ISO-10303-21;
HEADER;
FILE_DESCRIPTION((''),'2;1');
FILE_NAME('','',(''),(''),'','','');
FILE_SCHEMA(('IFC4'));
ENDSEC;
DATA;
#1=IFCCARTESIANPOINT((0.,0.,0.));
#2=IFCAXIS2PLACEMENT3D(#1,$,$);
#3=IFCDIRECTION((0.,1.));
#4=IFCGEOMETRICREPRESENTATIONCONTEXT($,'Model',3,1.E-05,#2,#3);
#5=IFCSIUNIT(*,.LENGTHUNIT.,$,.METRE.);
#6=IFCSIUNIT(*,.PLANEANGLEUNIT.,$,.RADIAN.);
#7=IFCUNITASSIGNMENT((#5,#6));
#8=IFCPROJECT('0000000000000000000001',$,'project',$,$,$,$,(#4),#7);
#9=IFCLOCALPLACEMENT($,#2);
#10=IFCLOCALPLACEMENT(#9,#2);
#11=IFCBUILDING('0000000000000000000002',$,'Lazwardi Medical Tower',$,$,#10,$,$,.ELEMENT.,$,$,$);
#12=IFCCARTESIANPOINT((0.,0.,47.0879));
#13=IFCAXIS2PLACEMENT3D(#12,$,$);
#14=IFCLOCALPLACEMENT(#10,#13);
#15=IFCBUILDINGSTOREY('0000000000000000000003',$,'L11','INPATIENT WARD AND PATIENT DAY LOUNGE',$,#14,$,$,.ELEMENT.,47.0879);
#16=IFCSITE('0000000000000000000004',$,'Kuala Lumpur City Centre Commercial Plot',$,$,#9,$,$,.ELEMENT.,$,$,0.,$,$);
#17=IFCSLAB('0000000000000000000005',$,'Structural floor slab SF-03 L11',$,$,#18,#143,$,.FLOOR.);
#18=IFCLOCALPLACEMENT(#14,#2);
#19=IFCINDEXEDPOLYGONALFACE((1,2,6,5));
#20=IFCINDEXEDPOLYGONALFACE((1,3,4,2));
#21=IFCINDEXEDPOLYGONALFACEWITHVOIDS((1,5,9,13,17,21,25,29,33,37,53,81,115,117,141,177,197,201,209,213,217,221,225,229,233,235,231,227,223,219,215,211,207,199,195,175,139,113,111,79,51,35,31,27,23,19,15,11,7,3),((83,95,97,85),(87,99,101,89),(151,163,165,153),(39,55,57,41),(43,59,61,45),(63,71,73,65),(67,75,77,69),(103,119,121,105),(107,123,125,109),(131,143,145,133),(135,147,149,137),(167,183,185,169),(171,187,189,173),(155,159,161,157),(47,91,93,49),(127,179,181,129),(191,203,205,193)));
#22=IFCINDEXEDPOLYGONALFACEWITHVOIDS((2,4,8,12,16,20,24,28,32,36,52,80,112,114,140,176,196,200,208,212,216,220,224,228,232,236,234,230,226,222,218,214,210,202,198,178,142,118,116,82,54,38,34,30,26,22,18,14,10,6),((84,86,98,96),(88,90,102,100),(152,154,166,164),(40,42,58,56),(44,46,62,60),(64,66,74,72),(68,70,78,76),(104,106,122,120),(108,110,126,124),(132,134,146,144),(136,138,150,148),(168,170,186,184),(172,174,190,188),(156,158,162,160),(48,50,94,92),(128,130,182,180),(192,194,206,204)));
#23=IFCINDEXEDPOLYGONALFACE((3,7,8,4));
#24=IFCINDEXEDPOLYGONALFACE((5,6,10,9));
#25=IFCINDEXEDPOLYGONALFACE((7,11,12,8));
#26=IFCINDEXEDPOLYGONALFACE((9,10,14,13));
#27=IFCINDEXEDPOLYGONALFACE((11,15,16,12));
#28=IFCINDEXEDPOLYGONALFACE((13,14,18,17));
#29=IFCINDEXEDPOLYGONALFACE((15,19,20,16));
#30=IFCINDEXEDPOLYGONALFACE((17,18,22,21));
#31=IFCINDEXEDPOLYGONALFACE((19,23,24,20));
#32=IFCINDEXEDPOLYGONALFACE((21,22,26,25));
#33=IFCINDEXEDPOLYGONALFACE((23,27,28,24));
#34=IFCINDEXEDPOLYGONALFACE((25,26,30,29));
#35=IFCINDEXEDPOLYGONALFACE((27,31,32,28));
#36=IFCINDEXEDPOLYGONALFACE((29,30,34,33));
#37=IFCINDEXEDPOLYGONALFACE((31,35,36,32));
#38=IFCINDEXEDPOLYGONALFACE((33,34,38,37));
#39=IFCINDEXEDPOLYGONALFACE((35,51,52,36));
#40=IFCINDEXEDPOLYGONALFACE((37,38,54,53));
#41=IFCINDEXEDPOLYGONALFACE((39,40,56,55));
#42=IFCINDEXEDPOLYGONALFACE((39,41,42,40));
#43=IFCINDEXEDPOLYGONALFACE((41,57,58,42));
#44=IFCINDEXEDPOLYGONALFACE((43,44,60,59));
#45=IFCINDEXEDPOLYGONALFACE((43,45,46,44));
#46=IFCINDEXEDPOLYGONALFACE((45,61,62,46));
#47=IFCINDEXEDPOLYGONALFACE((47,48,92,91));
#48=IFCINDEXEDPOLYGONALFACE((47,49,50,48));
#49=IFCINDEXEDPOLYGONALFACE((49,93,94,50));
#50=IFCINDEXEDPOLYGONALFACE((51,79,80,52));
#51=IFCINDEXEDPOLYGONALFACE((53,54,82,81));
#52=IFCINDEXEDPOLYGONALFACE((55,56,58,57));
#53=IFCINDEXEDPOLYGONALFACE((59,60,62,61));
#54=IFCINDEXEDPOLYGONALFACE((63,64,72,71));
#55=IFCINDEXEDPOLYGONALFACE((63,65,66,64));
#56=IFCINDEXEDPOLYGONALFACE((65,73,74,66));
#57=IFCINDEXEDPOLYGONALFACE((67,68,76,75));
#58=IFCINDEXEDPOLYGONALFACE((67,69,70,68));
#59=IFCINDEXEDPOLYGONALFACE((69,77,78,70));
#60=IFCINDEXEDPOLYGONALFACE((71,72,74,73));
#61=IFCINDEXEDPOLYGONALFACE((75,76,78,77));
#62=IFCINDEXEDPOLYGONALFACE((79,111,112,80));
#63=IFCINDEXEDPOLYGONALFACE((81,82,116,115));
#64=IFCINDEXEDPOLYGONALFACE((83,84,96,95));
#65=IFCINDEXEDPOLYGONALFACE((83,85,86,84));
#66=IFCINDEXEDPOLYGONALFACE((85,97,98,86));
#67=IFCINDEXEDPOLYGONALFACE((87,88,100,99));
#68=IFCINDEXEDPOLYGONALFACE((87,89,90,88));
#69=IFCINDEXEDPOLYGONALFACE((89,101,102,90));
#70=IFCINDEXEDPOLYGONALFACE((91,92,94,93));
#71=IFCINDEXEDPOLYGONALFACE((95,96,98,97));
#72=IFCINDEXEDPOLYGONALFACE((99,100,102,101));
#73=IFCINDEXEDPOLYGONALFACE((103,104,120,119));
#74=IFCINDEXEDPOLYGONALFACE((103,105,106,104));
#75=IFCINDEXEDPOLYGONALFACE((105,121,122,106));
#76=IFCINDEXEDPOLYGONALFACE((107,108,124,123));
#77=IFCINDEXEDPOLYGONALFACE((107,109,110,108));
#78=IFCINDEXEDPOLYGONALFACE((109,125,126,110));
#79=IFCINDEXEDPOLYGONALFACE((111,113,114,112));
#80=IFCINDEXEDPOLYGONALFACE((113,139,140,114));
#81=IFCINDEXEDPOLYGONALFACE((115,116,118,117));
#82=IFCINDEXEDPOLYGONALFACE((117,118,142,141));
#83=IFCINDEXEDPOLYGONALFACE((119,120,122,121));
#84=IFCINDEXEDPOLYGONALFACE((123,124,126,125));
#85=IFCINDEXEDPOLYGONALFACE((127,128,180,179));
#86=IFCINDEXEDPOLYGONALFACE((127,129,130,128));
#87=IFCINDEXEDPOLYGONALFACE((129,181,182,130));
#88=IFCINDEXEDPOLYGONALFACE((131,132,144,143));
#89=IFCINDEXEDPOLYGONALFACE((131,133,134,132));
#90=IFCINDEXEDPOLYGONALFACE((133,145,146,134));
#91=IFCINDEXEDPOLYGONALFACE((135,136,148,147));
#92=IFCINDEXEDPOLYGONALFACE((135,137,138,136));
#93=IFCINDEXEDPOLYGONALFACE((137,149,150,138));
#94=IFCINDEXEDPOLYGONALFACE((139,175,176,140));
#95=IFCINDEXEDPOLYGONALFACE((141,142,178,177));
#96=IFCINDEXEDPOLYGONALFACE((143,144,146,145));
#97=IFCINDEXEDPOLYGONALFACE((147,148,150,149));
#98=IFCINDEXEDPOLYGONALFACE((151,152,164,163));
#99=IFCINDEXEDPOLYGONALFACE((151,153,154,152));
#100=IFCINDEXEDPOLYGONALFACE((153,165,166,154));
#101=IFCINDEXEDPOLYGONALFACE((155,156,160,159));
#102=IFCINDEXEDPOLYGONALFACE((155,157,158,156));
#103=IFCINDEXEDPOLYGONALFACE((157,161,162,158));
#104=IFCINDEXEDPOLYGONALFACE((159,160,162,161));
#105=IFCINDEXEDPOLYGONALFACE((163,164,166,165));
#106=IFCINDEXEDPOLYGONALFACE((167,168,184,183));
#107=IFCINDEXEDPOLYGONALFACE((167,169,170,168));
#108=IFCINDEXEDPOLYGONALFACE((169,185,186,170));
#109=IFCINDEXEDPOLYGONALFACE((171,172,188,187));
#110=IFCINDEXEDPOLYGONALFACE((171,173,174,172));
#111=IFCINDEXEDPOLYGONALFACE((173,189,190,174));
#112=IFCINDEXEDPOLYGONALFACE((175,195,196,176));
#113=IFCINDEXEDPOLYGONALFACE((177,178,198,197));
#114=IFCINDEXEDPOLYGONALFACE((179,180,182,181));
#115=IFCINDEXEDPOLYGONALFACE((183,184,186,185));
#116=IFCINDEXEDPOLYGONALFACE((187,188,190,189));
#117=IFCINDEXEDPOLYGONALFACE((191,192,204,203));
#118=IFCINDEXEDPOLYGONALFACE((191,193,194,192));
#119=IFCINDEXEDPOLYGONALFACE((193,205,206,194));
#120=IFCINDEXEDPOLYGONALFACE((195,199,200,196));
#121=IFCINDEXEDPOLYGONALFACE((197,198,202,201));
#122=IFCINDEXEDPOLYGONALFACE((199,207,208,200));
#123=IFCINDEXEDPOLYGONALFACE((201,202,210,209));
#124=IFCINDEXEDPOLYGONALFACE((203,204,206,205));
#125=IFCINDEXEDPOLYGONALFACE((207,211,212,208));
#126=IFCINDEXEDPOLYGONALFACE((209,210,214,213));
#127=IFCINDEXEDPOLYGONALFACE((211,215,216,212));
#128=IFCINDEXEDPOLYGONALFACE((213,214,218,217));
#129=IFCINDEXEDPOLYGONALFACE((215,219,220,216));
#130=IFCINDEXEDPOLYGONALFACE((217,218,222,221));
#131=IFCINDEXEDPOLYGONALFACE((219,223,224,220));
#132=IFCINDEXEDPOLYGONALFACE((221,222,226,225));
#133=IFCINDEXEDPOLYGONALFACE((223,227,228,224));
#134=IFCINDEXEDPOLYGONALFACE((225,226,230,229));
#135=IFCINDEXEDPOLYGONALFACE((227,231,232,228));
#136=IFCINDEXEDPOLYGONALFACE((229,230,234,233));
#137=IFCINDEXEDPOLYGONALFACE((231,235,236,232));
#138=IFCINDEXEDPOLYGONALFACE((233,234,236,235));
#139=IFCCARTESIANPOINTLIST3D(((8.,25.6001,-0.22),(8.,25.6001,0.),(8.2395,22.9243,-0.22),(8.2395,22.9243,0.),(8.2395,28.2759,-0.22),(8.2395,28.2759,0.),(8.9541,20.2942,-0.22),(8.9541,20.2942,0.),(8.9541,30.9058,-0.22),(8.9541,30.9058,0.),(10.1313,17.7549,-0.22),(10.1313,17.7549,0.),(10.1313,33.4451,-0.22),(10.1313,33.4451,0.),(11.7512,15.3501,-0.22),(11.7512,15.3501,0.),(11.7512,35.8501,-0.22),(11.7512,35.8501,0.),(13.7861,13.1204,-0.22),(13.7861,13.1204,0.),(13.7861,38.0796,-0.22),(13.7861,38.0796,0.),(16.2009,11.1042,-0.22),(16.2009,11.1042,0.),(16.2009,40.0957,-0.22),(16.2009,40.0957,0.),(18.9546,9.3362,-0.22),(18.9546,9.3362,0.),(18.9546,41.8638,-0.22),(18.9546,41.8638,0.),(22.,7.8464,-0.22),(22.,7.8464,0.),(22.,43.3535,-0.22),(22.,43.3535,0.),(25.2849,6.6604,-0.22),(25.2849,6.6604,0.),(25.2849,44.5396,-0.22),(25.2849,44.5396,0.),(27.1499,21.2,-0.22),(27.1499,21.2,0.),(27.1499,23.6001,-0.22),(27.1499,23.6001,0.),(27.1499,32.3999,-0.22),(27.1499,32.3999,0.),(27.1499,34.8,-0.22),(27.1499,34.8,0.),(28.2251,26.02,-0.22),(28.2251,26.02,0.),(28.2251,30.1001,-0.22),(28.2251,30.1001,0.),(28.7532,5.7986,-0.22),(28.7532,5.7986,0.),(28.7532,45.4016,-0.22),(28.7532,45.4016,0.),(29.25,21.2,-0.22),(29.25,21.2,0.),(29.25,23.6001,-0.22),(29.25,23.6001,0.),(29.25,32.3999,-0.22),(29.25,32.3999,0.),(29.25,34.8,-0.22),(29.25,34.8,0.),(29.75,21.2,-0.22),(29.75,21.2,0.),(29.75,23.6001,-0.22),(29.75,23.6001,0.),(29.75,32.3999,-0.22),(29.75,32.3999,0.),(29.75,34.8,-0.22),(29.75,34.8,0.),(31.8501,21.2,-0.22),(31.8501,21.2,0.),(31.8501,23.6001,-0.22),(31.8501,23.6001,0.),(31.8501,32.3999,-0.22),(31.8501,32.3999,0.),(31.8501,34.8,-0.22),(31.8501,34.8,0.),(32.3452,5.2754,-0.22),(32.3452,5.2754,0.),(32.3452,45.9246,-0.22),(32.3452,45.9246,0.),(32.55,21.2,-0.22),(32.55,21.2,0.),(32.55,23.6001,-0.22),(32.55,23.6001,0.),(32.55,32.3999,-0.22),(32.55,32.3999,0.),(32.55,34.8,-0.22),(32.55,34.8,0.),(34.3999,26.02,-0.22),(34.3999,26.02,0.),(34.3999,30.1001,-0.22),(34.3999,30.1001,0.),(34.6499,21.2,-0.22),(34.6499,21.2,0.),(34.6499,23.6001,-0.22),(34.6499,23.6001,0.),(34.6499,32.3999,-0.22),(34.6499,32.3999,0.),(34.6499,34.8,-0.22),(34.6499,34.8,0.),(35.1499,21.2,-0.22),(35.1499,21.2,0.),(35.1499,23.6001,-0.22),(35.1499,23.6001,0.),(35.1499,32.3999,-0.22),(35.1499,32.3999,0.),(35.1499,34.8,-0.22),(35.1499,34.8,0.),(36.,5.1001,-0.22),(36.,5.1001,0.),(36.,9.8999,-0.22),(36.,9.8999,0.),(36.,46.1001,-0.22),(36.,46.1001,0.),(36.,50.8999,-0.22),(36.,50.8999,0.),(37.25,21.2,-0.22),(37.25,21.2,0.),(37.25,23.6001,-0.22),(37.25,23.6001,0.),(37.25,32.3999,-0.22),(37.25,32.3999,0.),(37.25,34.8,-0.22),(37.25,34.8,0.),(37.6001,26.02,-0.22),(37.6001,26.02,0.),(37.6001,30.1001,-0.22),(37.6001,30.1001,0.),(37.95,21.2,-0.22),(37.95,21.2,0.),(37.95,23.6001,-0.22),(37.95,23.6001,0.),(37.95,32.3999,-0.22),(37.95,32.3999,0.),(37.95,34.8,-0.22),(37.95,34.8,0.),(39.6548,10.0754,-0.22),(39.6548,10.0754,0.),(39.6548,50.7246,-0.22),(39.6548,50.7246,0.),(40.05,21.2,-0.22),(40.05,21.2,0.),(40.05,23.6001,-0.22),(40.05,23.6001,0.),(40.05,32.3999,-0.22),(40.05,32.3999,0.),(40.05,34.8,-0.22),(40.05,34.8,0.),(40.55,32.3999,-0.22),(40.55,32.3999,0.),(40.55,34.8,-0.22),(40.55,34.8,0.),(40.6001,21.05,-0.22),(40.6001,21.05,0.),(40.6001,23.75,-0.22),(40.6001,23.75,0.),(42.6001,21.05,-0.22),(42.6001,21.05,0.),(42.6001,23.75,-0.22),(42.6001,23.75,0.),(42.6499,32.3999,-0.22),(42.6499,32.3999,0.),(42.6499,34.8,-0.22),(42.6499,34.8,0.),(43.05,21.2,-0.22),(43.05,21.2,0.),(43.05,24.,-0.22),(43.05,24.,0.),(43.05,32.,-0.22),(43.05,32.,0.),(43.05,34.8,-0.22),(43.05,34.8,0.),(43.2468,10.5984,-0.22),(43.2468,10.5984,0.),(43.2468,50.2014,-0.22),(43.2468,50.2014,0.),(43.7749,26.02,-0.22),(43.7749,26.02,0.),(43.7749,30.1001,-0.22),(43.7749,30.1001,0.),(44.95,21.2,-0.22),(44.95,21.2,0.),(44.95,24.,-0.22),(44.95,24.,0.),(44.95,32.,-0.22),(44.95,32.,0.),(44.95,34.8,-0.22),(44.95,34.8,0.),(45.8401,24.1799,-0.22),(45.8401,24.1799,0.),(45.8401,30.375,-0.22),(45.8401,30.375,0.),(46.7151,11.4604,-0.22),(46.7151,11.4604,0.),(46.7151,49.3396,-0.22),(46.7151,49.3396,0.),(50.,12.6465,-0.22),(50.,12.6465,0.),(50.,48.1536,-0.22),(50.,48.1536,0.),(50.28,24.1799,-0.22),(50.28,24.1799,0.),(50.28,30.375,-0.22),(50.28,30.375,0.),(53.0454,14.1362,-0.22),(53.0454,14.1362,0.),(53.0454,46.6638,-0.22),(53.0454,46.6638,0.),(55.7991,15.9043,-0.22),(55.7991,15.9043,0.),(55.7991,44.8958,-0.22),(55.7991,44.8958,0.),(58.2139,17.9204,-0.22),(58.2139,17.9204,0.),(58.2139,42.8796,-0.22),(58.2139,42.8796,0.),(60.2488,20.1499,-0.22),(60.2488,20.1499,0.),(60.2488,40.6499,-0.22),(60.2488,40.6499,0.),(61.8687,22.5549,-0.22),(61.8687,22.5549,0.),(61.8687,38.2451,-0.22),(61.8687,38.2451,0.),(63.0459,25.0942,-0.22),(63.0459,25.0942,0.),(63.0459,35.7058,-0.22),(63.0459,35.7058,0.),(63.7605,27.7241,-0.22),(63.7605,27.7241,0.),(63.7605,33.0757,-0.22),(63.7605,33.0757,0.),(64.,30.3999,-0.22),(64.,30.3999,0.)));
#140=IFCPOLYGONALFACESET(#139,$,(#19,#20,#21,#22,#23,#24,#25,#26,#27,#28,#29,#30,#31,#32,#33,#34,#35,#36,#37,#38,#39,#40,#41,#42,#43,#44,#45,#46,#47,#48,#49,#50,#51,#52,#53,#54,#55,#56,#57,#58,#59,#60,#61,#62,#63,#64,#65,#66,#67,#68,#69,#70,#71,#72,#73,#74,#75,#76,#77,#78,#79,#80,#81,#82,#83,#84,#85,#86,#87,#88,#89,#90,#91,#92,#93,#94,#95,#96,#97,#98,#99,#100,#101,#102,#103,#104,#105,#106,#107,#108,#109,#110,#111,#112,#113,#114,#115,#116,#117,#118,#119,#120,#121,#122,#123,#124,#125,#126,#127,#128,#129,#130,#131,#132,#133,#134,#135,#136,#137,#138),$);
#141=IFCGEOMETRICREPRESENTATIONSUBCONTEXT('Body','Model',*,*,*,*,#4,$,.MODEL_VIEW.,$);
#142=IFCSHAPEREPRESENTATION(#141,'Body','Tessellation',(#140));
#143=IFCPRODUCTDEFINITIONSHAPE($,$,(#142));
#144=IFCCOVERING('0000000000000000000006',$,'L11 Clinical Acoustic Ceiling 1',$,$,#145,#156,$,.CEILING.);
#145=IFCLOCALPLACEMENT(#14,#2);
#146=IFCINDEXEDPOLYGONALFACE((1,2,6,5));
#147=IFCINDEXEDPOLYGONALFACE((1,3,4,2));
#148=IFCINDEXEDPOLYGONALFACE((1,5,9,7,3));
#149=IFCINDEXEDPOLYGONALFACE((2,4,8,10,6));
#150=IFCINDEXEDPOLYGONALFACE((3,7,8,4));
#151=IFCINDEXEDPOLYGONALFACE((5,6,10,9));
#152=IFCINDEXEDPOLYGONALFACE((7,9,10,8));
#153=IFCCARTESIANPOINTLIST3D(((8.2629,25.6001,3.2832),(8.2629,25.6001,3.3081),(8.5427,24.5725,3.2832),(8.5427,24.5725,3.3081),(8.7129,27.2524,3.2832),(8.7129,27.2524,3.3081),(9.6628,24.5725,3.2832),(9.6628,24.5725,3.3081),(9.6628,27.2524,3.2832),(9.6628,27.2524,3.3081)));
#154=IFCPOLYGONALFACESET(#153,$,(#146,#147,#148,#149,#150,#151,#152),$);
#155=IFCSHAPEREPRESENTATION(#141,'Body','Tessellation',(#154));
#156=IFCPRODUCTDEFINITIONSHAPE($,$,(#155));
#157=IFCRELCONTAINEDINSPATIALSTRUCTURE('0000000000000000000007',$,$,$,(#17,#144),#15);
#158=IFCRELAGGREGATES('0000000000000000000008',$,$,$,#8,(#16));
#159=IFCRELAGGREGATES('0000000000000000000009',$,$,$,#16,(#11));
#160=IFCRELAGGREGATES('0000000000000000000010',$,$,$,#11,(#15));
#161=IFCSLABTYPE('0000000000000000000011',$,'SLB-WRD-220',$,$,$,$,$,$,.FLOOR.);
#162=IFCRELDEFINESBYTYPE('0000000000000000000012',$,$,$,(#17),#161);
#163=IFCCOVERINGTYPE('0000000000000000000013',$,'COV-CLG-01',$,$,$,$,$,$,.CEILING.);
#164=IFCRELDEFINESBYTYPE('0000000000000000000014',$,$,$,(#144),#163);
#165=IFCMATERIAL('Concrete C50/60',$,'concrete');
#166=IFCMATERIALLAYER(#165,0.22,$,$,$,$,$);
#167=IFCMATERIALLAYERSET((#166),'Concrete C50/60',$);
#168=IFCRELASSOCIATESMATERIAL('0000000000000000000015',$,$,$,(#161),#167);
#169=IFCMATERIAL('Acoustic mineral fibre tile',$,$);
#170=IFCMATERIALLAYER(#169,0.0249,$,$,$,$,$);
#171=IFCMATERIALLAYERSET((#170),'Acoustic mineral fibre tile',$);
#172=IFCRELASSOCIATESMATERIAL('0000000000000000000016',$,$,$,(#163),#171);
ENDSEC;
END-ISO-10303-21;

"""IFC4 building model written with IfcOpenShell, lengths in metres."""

from ifc_helpers import new_model, si_unit, direction, frame, origin, place, context, subcontext, project, spatial, polyline, outline, extrude, material, layer, layer_set, type_object, element, save


model = new_model("IFC4")

# Units and contexts
model_context = context("Model", 3, precision=1e-05, world=origin(), true_north=direction((0.0, 1.0)))
body_context = subcontext(model_context, "Body", "Model", "MODEL_VIEW")
ifc_project = project(units=[si_unit("LENGTHUNIT", "METRE"), si_unit("PLANEANGLEUNIT", "RADIAN")], contexts=[model_context])

# Site, building, storey
site_placement = place(None, origin())
site = spatial("IfcSite", under=ifc_project, at=site_placement, Name="Kuala Lumpur City Centre Commercial Plot", CompositionType="ELEMENT", RefElevation=0.0)
building_placement = place(site_placement, origin())
building = spatial("IfcBuilding", under=site, at=building_placement, Name="Lazwardi Medical Tower", CompositionType="ELEMENT")
storey_placement = place(building_placement, frame((0.0, 0.0, 47.0879)))
storey = spatial("IfcBuildingStorey", under=building, at=storey_placement, Name="L11", Description="INPATIENT WARD AND PATIENT DAY LOUNGE", CompositionType="ELEMENT", Elevation=47.0879)

# Slab
ifc_material_1 = material(Name="Concrete C50/60", Category="concrete")
ifc_layer_1 = layer(ifc_material_1, 0.22)
ifc_layer_set_1 = layer_set([ifc_layer_1], Name="Concrete C50/60")
slab_type_1 = type_object("IfcSlabType", Name="SLB-WRD-220", PredefinedType="FLOOR", material=ifc_layer_set_1)
slab_1_placement = place(storey_placement, frame((0.0, 0.0, -0.22)))
element("IfcSlab", 1, at=slab_1_placement, inside=storey, type_object=slab_type_1, Name="Structural floor slab SF-03 L11", PredefinedType="FLOOR", context=body_context, shape_type="SweptSolid", body=[
    extrude(outline(polyline([(10.1313, 33.4451), (8.9541, 30.9058), (8.2395, 28.2759), (8.0, 25.6001), (8.2395, 22.9243), (8.9541, 20.2942), (10.1313, 17.7549), (11.7512, 15.3501), (13.7861, 13.1204), (16.2009, 11.1042), (18.9546, 9.3362), (22.0, 7.8464), (25.2849, 6.6604), (28.7532, 5.7986), (32.3452, 5.2754), (36.0, 5.1001), (36.0, 9.8999), (39.6548, 10.0754), (43.2468, 10.5984), (46.7151, 11.4604), (50.0, 12.6465), (53.0454, 14.1362), (55.7991, 15.9043), (58.2139, 17.9204), (60.2488, 20.1499), (61.8687, 22.5549), (63.0459, 25.0942), (63.7605, 27.7241), (64.0, 30.3999), (63.7605, 33.0757), (63.0459, 35.7058), (61.8687, 38.2451), (60.2488, 40.6499), (58.2139, 42.8796), (55.7991, 44.8958), (53.0454, 46.6638), (50.0, 48.1536), (46.7151, 49.3396), (43.2468, 50.2014), (39.6548, 50.7246), (36.0, 50.8999), (36.0, 46.1001), (32.3452, 45.9246), (28.7532, 45.4016), (25.2849, 44.5396), (22.0, 43.3535), (18.9546, 41.8638), (16.2009, 40.0957), (13.7861, 38.0796), (11.7512, 35.8501), (10.1313, 33.4451)]), holes=[polyline([(28.2251, 26.02), (28.2251, 30.1001), (34.3999, 30.1001), (34.3999, 26.02), (28.2251, 26.02)]), polyline([(37.6001, 30.1001), (43.7749, 30.1001), (43.7749, 26.02), (37.6001, 26.02), (37.6001, 30.1001)]), polyline([(50.28, 30.375), (50.28, 24.1799), (45.8401, 24.1799), (45.8401, 30.375), (50.28, 30.375)]), polyline([(29.25, 32.3999), (27.1499, 32.3999), (27.1499, 34.8), (29.25, 34.8), (29.25, 32.3999)]), polyline([(29.75, 32.3999), (29.75, 34.8), (31.8501, 34.8), (31.8501, 32.3999), (29.75, 32.3999)]), polyline([(27.1499, 23.6001), (29.25, 23.6001), (29.25, 21.2), (27.1499, 21.2), (27.1499, 23.6001)]), polyline([(31.8501, 23.6001), (31.8501, 21.2), (29.75, 21.2), (29.75, 23.6001), (31.8501, 23.6001)]), polyline([(34.6499, 32.3999), (32.55, 32.3999), (32.55, 34.8), (34.6499, 34.8), (34.6499, 32.3999)]), polyline([(35.1499, 32.3999), (35.1499, 34.8), (37.25, 34.8), (37.25, 32.3999), (35.1499, 32.3999)]), polyline([(32.55, 23.6001), (34.6499, 23.6001), (34.6499, 21.2), (32.55, 21.2), (32.55, 23.6001)]), polyline([(37.25, 23.6001), (37.25, 21.2), (35.1499, 21.2), (35.1499, 23.6001), (37.25, 23.6001)]), polyline([(40.05, 32.3999), (37.95, 32.3999), (37.95, 34.8), (40.05, 34.8), (40.05, 32.3999)]), polyline([(40.55, 32.3999), (40.55, 34.8), (42.6499, 34.8), (42.6499, 32.3999), (40.55, 32.3999)]), polyline([(37.95, 23.6001), (40.05, 23.6001), (40.05, 21.2), (37.95, 21.2), (37.95, 23.6001)]), polyline([(44.95, 34.8), (44.95, 32.0), (43.05, 32.0), (43.05, 34.8), (44.95, 34.8)]), polyline([(44.95, 21.2), (43.05, 21.2), (43.05, 24.0), (44.95, 24.0), (44.95, 21.2)]), polyline([(40.6001, 21.05), (40.6001, 23.75), (42.6001, 23.75), (42.6001, 21.05), (40.6001, 21.05)])]), origin(), (0.0, 0.0, 1.0), 0.22),
])

# Covering
ifc_material_2 = material(Name="Acoustic mineral fibre tile")
ifc_layer_2 = layer(ifc_material_2, 0.0249)
ifc_layer_set_2 = layer_set([ifc_layer_2], Name="Acoustic mineral fibre tile")
covering_type_1 = type_object("IfcCoveringType", Name="COV-CLG-01", PredefinedType="CEILING", material=ifc_layer_set_2)
covering_1_placement = place(storey_placement, frame((0.0, 0.0, 3.2832)))
element("IfcCovering", 2, at=covering_1_placement, inside=storey, type_object=covering_type_1, Name="L11 Clinical Acoustic Ceiling 1", PredefinedType="CEILING", context=body_context, shape_type="SweptSolid", body=[
    extrude(outline(polyline([(8.7129, 27.2524), (8.2629, 25.6001), (8.5427, 24.5725), (9.6628, 24.5725), (9.6628, 27.2524), (8.7129, 27.2524)])), origin(), (0.0, 0.0, 1.0), 0.0249),
])

save(model, "model.ifc")
